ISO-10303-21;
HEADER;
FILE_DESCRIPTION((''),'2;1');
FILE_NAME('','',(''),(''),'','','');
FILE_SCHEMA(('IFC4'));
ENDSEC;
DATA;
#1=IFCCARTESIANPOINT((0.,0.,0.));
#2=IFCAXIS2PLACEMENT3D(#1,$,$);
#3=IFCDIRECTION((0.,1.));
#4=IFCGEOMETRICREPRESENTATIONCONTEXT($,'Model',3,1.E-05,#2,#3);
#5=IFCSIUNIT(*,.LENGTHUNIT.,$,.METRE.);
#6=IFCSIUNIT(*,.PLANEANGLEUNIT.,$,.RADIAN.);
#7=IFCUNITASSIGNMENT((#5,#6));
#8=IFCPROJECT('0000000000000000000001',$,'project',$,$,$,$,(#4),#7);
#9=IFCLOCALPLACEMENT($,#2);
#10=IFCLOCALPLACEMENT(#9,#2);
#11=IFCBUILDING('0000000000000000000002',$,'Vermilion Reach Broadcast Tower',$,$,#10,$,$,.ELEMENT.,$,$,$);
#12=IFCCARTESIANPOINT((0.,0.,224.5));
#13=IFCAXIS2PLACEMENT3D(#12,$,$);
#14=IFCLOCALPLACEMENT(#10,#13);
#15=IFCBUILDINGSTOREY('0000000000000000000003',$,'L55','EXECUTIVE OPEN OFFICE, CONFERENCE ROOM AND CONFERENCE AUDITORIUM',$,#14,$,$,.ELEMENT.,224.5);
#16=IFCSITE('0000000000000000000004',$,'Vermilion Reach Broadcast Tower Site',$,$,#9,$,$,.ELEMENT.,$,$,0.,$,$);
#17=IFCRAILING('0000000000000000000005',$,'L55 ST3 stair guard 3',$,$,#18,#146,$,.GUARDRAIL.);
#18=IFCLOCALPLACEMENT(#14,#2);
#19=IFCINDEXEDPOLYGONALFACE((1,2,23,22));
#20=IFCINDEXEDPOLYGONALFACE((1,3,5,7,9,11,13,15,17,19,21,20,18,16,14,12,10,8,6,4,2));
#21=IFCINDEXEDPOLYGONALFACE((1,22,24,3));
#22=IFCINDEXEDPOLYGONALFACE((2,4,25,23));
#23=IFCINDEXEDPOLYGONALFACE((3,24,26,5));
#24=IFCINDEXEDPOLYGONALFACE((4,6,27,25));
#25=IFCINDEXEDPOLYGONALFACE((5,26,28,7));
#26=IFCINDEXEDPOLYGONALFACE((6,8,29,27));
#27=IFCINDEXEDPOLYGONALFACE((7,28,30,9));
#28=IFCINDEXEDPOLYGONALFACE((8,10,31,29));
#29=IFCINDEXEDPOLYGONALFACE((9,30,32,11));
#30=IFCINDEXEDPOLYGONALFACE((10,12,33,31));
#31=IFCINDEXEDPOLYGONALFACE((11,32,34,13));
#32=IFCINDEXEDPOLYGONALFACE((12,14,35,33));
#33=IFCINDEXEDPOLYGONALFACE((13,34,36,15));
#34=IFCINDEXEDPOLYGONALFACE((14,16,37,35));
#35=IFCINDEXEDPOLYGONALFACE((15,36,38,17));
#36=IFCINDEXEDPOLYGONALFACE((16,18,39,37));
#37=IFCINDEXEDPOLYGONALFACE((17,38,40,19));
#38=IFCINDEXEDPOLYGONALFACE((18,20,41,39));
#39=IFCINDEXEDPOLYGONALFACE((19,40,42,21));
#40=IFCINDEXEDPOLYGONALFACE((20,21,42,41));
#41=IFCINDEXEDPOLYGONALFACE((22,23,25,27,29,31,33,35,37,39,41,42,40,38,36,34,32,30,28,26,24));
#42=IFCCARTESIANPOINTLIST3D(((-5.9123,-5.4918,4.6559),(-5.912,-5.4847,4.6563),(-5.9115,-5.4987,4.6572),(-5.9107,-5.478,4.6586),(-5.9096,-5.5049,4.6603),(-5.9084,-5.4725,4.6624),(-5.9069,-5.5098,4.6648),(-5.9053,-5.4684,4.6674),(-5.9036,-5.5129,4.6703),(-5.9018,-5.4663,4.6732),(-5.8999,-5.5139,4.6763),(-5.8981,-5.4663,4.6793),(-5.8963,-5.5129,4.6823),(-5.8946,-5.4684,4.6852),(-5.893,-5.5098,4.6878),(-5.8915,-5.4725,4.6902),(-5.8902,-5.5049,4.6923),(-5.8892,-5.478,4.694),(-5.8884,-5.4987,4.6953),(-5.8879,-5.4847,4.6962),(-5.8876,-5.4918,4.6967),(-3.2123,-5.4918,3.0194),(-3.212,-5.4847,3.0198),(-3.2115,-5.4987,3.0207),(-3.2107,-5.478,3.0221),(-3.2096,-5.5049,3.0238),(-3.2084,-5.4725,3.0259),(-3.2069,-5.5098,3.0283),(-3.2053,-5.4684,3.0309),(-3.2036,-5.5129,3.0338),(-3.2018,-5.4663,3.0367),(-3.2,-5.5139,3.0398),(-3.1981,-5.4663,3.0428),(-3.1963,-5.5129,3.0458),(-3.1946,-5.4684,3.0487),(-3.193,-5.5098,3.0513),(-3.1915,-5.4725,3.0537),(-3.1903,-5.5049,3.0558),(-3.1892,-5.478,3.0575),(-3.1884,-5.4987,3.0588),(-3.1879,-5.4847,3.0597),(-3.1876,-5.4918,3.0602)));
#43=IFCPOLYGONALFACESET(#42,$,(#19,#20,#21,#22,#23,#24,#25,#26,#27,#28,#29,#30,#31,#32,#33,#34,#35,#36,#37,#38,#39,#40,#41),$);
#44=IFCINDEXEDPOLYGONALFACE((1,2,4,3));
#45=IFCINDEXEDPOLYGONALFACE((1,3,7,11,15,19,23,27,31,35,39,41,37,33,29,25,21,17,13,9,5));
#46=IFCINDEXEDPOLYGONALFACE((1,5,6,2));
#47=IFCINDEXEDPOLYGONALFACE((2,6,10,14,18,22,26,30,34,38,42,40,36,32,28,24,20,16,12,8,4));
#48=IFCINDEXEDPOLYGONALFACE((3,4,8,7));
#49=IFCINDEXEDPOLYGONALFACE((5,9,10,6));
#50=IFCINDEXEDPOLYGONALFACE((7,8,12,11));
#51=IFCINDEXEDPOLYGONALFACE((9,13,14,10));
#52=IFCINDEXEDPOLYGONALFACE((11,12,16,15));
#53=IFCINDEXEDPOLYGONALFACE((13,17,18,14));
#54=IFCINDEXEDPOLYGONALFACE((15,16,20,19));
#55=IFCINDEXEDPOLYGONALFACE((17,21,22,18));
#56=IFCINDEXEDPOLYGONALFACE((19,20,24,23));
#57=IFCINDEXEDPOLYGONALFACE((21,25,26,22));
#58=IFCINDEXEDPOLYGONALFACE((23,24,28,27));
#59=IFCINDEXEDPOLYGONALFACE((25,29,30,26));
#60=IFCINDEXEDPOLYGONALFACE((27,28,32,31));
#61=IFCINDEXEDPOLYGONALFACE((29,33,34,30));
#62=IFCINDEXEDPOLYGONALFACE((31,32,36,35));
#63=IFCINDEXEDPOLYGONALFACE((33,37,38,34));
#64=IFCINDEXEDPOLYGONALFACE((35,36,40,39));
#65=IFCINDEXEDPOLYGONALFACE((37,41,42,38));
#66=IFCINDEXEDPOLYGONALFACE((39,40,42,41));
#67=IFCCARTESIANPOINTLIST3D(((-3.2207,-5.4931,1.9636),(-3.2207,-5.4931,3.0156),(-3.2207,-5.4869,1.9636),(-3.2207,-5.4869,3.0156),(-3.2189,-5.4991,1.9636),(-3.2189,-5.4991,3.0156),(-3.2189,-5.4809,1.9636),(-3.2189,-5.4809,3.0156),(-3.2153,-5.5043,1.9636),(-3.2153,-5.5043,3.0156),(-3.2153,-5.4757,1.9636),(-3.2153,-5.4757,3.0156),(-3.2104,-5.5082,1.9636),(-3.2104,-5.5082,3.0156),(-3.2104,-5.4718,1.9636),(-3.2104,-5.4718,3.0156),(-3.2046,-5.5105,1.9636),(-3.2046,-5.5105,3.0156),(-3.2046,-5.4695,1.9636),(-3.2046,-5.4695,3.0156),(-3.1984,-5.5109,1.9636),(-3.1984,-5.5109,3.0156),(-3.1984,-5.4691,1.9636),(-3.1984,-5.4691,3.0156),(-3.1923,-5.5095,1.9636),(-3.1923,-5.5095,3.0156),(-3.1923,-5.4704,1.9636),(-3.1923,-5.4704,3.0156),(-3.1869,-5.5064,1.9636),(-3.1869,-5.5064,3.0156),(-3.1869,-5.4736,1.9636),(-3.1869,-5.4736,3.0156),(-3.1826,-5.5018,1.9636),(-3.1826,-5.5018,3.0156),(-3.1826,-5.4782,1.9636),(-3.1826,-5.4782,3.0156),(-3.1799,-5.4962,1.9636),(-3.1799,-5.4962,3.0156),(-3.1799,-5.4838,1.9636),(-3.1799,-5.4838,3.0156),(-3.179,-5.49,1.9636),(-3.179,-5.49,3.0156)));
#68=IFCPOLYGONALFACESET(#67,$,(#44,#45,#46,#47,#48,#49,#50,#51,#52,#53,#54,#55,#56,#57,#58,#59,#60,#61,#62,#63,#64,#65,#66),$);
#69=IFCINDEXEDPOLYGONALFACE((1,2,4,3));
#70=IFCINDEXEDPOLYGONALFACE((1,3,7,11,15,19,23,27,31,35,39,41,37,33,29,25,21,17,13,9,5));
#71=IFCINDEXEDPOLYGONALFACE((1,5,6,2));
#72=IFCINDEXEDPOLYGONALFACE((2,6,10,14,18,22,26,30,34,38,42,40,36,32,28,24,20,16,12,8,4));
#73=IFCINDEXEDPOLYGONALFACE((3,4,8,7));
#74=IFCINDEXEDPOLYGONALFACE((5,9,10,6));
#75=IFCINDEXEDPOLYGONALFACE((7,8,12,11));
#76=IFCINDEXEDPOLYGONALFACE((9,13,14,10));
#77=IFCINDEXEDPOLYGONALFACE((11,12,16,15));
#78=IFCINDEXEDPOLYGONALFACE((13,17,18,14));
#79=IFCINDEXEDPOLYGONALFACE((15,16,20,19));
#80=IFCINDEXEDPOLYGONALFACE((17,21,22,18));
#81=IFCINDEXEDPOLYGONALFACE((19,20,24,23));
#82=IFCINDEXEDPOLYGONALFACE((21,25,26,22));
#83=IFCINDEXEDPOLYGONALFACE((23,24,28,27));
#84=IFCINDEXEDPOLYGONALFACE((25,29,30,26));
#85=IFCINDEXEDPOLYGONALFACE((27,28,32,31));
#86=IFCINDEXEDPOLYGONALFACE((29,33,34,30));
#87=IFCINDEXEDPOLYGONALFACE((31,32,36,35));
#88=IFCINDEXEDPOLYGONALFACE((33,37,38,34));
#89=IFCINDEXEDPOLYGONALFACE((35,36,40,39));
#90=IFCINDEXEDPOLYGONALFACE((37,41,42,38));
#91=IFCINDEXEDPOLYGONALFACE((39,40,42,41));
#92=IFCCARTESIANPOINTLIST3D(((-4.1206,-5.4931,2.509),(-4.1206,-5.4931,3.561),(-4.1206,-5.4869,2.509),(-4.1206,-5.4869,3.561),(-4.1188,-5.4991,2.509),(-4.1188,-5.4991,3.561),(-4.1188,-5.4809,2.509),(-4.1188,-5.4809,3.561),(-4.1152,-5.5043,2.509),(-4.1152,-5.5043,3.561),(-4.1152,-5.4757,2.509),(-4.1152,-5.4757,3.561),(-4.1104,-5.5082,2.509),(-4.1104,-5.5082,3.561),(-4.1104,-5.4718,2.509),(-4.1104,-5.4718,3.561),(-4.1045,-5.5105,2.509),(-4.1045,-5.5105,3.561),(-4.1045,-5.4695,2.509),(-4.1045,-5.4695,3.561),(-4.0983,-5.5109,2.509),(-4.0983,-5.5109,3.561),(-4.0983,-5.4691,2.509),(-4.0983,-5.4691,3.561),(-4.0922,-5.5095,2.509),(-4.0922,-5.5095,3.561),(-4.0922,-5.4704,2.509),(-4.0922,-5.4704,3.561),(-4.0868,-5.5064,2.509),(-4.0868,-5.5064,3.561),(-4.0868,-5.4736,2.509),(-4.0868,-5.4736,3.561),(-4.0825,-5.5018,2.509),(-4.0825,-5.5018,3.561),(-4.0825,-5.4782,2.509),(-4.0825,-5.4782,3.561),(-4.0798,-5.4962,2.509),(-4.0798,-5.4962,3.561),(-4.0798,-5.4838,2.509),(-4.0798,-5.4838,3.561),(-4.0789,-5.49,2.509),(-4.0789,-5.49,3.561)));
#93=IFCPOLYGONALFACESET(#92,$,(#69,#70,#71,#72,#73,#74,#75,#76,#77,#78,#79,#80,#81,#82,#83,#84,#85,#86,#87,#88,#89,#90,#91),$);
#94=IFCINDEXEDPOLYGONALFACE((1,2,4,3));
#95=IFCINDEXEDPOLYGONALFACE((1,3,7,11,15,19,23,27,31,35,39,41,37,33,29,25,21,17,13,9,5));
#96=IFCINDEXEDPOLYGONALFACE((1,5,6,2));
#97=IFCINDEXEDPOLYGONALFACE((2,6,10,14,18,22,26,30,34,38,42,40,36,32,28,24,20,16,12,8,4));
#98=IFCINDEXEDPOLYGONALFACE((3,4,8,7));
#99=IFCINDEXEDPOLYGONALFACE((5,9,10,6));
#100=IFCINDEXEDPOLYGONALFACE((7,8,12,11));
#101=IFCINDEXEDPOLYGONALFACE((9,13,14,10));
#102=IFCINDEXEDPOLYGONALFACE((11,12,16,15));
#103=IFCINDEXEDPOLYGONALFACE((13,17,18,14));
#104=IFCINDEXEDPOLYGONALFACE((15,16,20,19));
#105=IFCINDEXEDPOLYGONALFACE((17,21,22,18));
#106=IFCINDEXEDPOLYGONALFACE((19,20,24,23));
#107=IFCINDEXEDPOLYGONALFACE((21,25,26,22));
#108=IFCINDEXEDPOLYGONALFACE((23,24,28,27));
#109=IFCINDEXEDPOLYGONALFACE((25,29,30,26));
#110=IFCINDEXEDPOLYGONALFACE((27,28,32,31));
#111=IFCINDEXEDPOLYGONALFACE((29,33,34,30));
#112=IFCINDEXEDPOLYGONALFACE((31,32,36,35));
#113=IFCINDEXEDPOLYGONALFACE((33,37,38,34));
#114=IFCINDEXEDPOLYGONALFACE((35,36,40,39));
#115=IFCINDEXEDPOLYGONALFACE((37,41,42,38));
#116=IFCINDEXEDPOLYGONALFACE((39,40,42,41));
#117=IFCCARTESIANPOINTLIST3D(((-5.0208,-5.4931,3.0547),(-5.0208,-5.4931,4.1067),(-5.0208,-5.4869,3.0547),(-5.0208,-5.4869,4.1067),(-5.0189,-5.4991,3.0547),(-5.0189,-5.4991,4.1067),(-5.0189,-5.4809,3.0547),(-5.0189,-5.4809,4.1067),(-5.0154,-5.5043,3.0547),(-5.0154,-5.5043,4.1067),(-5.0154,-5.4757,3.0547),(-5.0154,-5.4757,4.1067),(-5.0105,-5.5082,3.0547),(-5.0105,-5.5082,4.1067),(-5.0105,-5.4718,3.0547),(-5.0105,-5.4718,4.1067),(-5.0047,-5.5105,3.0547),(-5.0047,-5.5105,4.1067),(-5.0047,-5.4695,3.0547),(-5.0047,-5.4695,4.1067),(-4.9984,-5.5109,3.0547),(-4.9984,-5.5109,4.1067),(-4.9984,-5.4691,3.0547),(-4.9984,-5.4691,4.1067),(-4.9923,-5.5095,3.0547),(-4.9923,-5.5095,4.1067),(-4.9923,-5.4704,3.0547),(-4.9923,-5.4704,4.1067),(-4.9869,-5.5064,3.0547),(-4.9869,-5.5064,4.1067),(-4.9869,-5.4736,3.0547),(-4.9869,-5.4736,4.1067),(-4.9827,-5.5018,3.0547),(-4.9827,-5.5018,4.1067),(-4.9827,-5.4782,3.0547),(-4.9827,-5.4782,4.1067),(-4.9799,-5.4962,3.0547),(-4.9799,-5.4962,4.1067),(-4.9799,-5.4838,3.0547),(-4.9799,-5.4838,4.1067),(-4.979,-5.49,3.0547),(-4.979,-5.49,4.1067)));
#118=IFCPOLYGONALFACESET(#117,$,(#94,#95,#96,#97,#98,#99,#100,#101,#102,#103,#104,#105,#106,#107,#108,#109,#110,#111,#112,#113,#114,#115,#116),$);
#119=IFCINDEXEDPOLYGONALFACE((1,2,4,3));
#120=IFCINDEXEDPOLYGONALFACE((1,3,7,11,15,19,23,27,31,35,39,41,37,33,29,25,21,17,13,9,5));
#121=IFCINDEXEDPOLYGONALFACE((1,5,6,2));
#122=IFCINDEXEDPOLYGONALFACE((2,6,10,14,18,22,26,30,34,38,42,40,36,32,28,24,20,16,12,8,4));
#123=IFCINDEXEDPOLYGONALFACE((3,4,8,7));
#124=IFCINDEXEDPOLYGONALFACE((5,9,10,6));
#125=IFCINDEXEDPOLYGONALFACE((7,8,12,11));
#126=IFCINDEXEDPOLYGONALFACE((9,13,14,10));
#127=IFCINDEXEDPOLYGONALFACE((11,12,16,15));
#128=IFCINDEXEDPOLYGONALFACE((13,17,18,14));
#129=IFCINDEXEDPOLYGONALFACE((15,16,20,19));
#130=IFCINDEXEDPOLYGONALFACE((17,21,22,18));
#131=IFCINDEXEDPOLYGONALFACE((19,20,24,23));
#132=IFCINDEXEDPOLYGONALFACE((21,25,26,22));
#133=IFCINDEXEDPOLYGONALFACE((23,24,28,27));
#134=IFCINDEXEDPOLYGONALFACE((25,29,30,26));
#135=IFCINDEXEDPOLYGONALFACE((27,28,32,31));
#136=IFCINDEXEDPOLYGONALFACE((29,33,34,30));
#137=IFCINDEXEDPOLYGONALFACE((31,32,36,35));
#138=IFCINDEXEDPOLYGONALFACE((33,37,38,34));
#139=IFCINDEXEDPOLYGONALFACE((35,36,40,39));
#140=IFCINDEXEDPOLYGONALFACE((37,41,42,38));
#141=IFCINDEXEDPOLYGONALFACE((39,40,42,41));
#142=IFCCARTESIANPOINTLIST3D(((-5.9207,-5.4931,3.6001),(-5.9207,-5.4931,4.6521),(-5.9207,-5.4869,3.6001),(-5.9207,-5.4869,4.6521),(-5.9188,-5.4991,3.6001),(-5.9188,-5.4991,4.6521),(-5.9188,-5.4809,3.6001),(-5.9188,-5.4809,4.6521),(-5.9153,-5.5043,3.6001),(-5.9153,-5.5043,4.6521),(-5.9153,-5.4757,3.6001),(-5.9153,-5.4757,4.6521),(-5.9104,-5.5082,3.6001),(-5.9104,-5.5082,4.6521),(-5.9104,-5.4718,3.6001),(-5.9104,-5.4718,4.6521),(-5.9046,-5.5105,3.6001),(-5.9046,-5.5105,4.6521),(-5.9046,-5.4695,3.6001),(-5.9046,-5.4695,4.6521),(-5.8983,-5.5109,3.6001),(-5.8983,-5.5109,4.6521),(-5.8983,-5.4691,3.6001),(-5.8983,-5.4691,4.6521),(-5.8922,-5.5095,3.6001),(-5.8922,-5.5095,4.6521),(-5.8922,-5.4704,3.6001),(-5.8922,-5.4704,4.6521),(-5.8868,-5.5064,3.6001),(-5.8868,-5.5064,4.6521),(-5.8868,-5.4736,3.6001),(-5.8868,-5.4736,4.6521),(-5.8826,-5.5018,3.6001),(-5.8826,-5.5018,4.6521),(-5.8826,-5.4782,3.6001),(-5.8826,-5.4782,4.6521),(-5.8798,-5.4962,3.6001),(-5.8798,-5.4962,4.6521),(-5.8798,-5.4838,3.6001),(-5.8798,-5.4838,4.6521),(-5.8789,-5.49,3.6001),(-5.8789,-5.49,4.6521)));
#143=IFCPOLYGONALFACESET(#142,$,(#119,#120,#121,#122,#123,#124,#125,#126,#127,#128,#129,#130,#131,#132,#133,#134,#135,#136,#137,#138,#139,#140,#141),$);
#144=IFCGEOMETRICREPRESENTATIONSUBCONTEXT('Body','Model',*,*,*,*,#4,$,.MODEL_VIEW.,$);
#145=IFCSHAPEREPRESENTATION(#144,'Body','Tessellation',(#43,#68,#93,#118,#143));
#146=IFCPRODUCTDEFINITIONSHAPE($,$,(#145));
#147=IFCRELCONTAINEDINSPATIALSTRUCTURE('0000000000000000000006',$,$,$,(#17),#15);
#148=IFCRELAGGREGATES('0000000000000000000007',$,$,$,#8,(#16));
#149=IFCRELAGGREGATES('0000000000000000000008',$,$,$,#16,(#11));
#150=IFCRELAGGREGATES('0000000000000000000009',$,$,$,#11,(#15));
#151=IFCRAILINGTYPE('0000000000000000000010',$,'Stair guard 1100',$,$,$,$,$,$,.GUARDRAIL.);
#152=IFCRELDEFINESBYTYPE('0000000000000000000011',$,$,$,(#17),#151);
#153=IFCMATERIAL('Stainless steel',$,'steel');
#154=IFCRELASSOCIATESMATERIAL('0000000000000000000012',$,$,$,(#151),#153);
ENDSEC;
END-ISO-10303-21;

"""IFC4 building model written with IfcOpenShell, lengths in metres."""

from ifc_helpers import new_model, si_unit, direction, frame, origin, origin_2d, place, context, subcontext, project, spatial, circle, extrude, material, type_object, element, save


model = new_model("IFC4")

# Units and contexts
model_context = context("Model", 3, precision=1e-05, world=origin(), true_north=direction((0.0, 1.0)))
body_context = subcontext(model_context, "Body", "Model", "MODEL_VIEW")
ifc_project = project(units=[si_unit("LENGTHUNIT", "METRE"), si_unit("PLANEANGLEUNIT", "RADIAN")], contexts=[model_context])

# Site, building, storey
site_placement = place(None, origin())
site = spatial("IfcSite", under=ifc_project, at=site_placement, Name="Vermilion Reach Broadcast Tower Site", CompositionType="ELEMENT", RefElevation=0.0)
building_placement = place(site_placement, origin())
building = spatial("IfcBuilding", under=site, at=building_placement, Name="Vermilion Reach Broadcast Tower", CompositionType="ELEMENT")
storey_placement = place(building_placement, frame((0.0, 0.0, 224.5)))
storey = spatial("IfcBuildingStorey", under=building, at=storey_placement, Name="L55", Description="EXECUTIVE OPEN OFFICE, CONFERENCE ROOM AND CONFERENCE AUDITORIUM", CompositionType="ELEMENT", Elevation=224.5)

# Railing
ifc_material_1 = material(Name="Stainless steel", Category="steel")
railing_type_1 = type_object("IfcRailingType", Name="Stair guard 1100", PredefinedType="GUARDRAIL", material=ifc_material_1)
railing_1_placement = place(storey_placement, frame((-3.2, -5.49, 1.9636)))
element("IfcRailing", 1, at=railing_1_placement, inside=storey, type_object=railing_type_1, Name="L55 ST3 stair guard 3", PredefinedType="GUARDRAIL", context=body_context, shape_type="SweptSolid", body=[
    extrude(circle(Radius=0.0239, at=origin_2d()), frame((0.0, 0.0, 1.0762), z_axis=(-0.855178, 0.0, 0.518334), x_axis=(0.0, -1.0, 0.0)), (0.0, 0.0, 1.0), 3.1572),
    extrude(circle(Radius=0.021, at=origin_2d()), origin(), (0.0, 0.0, 1.0), 1.052),
    extrude(circle(Radius=0.021, at=origin_2d()), frame((-0.8999, 0.0, 0.5454)), (0.0, 0.0, 1.0), 1.052),
    extrude(circle(Radius=0.021, at=origin_2d()), frame((-1.8, 0.0, 1.0911)), (0.0, 0.0, 1.0), 1.052),
    extrude(circle(Radius=0.021, at=origin_2d()), frame((-2.7, 0.0, 1.6365)), (0.0, 0.0, 1.0), 1.052),
])

save(model, "model.ifc")
